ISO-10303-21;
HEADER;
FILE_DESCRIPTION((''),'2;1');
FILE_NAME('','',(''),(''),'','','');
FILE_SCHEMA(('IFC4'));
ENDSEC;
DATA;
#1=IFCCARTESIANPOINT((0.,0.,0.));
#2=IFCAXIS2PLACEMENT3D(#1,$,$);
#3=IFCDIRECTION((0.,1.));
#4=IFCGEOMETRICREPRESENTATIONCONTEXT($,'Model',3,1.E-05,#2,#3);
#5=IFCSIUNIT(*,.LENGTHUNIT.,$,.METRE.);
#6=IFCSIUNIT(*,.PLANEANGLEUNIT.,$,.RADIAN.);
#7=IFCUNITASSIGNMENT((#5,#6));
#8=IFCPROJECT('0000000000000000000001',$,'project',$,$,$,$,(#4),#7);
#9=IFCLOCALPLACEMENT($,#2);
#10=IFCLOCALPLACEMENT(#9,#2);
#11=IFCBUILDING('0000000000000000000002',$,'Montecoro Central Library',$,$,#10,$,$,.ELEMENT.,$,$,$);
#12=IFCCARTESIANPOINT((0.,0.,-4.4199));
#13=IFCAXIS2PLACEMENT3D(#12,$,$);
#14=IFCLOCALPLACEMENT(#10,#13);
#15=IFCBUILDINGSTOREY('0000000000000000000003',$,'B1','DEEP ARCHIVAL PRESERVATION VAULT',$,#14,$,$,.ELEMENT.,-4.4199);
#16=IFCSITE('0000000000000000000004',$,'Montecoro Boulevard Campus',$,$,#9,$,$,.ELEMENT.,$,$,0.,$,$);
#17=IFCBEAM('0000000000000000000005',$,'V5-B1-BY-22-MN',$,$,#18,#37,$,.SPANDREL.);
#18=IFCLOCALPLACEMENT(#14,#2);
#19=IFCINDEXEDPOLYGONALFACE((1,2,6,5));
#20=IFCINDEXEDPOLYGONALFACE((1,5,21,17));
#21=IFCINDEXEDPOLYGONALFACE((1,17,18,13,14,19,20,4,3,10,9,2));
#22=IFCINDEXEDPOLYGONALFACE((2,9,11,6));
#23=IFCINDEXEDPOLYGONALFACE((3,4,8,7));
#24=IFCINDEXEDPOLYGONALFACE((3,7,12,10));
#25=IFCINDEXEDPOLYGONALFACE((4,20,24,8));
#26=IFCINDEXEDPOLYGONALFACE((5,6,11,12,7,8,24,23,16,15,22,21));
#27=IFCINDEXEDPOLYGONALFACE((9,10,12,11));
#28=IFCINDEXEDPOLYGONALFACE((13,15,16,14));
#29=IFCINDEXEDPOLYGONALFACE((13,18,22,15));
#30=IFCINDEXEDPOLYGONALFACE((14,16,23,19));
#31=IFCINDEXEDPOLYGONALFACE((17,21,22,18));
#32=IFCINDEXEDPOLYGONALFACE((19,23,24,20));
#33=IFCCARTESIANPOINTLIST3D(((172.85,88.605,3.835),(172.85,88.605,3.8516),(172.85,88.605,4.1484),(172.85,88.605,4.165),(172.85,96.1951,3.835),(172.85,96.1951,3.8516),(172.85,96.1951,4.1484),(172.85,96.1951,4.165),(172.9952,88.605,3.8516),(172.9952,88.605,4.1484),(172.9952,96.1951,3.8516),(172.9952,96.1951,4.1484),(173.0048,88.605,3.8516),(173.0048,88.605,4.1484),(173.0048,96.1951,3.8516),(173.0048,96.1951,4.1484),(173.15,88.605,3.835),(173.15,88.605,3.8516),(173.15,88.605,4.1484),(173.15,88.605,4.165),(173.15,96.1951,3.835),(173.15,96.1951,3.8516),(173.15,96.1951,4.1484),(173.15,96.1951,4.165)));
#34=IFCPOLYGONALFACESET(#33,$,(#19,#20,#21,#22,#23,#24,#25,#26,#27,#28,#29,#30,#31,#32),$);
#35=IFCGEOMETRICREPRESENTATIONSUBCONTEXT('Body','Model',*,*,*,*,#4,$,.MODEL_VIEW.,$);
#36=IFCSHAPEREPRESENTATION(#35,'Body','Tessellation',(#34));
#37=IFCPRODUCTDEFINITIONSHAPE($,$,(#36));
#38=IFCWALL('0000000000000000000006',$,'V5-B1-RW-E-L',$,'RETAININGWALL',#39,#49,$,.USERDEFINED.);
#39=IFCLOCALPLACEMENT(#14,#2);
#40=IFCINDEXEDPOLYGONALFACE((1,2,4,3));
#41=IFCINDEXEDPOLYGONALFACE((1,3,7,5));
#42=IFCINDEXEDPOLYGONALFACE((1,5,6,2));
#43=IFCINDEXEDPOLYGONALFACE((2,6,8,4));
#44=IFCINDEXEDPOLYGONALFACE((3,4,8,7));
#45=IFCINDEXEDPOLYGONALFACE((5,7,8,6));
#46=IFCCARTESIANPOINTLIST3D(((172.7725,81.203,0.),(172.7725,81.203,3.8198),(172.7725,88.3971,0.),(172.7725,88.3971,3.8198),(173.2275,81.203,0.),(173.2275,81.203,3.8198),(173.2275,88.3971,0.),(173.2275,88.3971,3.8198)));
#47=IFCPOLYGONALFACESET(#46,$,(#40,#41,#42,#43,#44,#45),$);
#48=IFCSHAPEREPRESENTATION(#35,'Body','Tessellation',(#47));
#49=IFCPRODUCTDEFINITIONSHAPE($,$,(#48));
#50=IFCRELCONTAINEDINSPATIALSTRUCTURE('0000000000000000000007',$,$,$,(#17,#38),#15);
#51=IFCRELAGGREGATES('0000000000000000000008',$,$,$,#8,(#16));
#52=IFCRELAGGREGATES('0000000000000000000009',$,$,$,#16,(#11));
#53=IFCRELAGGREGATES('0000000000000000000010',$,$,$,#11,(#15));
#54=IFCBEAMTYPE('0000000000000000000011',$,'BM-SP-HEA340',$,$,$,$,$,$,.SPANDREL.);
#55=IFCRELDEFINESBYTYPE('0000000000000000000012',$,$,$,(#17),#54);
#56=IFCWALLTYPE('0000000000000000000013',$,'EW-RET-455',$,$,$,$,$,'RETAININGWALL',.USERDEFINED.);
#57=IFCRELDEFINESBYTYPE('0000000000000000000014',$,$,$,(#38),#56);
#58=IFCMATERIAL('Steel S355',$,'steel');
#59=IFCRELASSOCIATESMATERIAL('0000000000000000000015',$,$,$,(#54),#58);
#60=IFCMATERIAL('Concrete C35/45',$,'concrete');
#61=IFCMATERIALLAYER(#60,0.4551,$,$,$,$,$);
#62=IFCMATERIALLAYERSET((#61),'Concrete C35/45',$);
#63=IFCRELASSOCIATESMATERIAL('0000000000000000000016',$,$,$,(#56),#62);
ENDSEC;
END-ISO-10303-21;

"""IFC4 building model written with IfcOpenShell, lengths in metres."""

from ifc_helpers import new_model, si_unit, direction, frame, frame_2d, origin, origin_2d, place, context, subcontext, project, spatial, rectangle, i_section, extrude, material, layer, layer_set, material_profile, profile_set, type_object, element, save


model = new_model("IFC4")

# Units and contexts
model_context = context("Model", 3, precision=1e-05, world=origin(), true_north=direction((0.0, 1.0)))
body_context = subcontext(model_context, "Body", "Model", "MODEL_VIEW")
ifc_project = project(units=[si_unit("LENGTHUNIT", "METRE"), si_unit("PLANEANGLEUNIT", "RADIAN")], contexts=[model_context])

# Site, building, storey
site_placement = place(None, origin())
site = spatial("IfcSite", under=ifc_project, at=site_placement, Name="Montecoro Boulevard Campus", CompositionType="ELEMENT", RefElevation=0.0)
building_placement = place(site_placement, origin())
building = spatial("IfcBuilding", under=site, at=building_placement, Name="Montecoro Central Library", CompositionType="ELEMENT")
storey_placement = place(building_placement, frame((0.0, 0.0, -4.4199)))
storey = spatial("IfcBuildingStorey", under=building, at=storey_placement, Name="B1", Description="DEEP ARCHIVAL PRESERVATION VAULT", CompositionType="ELEMENT", Elevation=-4.4199)

# Shared definitions
ifc_material_1 = material(Name="Concrete C35/45", Category="concrete")

# Beam
ifc_material_2 = material(Name="Steel S355", Category="steel")
ifc_material_profile_1 = material_profile(ifc_material_2, i_section(OverallWidth=0.3, OverallDepth=0.3301, WebThickness=0.0095, FlangeThickness=0.0166, at=origin_2d()), Name="HEA 340")
ifc_profile_set_1 = profile_set([ifc_material_profile_1], Name="Steel S355")
beam_type_1 = type_object("IfcBeamType", Name="BM-SP-HEA340", PredefinedType="SPANDREL", material=ifc_profile_set_1)
for number, where, z_axis, x_axis, name in (
    (1, (173.0, 88.605, 4.0), (0.0, 1.0, 0.0), (-1.0, 0.0, 0.0), "V5-B1-BY-22-MN"),
):
    element("IfcBeam", number, at=place(storey_placement, frame(where, z_axis=z_axis, x_axis=x_axis)), inside=storey, type_object=beam_type_1, Name=name, PredefinedType="SPANDREL", context=body_context, shape_type="SweptSolid", body=[
        extrude(i_section(OverallWidth=0.3, OverallDepth=0.3301, WebThickness=0.0095, FlangeThickness=0.0166, at=origin_2d()), origin(), (0.0, 0.0, 1.0), 7.5901),
    ])

# Wall
ifc_layer = layer(ifc_material_1, 0.4551)
ifc_layer_set = layer_set([ifc_layer], Name="Concrete C35/45")
wall_type = type_object("IfcWallType", Name="EW-RET-455", ElementType="RETAININGWALL", PredefinedType="USERDEFINED", material=ifc_layer_set)
wall_placement = place(storey_placement, frame((173.0, 81.2029, 0.0), z_axis=(0.0, 0.0, 1.0), x_axis=(0.0, 1.0, 0.0)))
element("IfcWall", 2, at=wall_placement, inside=storey, type_object=wall_type, Name="V5-B1-RW-E-L", ObjectType="RETAININGWALL", PredefinedType="USERDEFINED", context=body_context, shape_type="SweptSolid", body=[
    extrude(rectangle(XDim=7.1941, YDim=0.4551, at=frame_2d((3.5972, 0.0))), origin(), (0.0, 0.0, 1.0), 3.8198),
])

save(model, "model.ifc")
